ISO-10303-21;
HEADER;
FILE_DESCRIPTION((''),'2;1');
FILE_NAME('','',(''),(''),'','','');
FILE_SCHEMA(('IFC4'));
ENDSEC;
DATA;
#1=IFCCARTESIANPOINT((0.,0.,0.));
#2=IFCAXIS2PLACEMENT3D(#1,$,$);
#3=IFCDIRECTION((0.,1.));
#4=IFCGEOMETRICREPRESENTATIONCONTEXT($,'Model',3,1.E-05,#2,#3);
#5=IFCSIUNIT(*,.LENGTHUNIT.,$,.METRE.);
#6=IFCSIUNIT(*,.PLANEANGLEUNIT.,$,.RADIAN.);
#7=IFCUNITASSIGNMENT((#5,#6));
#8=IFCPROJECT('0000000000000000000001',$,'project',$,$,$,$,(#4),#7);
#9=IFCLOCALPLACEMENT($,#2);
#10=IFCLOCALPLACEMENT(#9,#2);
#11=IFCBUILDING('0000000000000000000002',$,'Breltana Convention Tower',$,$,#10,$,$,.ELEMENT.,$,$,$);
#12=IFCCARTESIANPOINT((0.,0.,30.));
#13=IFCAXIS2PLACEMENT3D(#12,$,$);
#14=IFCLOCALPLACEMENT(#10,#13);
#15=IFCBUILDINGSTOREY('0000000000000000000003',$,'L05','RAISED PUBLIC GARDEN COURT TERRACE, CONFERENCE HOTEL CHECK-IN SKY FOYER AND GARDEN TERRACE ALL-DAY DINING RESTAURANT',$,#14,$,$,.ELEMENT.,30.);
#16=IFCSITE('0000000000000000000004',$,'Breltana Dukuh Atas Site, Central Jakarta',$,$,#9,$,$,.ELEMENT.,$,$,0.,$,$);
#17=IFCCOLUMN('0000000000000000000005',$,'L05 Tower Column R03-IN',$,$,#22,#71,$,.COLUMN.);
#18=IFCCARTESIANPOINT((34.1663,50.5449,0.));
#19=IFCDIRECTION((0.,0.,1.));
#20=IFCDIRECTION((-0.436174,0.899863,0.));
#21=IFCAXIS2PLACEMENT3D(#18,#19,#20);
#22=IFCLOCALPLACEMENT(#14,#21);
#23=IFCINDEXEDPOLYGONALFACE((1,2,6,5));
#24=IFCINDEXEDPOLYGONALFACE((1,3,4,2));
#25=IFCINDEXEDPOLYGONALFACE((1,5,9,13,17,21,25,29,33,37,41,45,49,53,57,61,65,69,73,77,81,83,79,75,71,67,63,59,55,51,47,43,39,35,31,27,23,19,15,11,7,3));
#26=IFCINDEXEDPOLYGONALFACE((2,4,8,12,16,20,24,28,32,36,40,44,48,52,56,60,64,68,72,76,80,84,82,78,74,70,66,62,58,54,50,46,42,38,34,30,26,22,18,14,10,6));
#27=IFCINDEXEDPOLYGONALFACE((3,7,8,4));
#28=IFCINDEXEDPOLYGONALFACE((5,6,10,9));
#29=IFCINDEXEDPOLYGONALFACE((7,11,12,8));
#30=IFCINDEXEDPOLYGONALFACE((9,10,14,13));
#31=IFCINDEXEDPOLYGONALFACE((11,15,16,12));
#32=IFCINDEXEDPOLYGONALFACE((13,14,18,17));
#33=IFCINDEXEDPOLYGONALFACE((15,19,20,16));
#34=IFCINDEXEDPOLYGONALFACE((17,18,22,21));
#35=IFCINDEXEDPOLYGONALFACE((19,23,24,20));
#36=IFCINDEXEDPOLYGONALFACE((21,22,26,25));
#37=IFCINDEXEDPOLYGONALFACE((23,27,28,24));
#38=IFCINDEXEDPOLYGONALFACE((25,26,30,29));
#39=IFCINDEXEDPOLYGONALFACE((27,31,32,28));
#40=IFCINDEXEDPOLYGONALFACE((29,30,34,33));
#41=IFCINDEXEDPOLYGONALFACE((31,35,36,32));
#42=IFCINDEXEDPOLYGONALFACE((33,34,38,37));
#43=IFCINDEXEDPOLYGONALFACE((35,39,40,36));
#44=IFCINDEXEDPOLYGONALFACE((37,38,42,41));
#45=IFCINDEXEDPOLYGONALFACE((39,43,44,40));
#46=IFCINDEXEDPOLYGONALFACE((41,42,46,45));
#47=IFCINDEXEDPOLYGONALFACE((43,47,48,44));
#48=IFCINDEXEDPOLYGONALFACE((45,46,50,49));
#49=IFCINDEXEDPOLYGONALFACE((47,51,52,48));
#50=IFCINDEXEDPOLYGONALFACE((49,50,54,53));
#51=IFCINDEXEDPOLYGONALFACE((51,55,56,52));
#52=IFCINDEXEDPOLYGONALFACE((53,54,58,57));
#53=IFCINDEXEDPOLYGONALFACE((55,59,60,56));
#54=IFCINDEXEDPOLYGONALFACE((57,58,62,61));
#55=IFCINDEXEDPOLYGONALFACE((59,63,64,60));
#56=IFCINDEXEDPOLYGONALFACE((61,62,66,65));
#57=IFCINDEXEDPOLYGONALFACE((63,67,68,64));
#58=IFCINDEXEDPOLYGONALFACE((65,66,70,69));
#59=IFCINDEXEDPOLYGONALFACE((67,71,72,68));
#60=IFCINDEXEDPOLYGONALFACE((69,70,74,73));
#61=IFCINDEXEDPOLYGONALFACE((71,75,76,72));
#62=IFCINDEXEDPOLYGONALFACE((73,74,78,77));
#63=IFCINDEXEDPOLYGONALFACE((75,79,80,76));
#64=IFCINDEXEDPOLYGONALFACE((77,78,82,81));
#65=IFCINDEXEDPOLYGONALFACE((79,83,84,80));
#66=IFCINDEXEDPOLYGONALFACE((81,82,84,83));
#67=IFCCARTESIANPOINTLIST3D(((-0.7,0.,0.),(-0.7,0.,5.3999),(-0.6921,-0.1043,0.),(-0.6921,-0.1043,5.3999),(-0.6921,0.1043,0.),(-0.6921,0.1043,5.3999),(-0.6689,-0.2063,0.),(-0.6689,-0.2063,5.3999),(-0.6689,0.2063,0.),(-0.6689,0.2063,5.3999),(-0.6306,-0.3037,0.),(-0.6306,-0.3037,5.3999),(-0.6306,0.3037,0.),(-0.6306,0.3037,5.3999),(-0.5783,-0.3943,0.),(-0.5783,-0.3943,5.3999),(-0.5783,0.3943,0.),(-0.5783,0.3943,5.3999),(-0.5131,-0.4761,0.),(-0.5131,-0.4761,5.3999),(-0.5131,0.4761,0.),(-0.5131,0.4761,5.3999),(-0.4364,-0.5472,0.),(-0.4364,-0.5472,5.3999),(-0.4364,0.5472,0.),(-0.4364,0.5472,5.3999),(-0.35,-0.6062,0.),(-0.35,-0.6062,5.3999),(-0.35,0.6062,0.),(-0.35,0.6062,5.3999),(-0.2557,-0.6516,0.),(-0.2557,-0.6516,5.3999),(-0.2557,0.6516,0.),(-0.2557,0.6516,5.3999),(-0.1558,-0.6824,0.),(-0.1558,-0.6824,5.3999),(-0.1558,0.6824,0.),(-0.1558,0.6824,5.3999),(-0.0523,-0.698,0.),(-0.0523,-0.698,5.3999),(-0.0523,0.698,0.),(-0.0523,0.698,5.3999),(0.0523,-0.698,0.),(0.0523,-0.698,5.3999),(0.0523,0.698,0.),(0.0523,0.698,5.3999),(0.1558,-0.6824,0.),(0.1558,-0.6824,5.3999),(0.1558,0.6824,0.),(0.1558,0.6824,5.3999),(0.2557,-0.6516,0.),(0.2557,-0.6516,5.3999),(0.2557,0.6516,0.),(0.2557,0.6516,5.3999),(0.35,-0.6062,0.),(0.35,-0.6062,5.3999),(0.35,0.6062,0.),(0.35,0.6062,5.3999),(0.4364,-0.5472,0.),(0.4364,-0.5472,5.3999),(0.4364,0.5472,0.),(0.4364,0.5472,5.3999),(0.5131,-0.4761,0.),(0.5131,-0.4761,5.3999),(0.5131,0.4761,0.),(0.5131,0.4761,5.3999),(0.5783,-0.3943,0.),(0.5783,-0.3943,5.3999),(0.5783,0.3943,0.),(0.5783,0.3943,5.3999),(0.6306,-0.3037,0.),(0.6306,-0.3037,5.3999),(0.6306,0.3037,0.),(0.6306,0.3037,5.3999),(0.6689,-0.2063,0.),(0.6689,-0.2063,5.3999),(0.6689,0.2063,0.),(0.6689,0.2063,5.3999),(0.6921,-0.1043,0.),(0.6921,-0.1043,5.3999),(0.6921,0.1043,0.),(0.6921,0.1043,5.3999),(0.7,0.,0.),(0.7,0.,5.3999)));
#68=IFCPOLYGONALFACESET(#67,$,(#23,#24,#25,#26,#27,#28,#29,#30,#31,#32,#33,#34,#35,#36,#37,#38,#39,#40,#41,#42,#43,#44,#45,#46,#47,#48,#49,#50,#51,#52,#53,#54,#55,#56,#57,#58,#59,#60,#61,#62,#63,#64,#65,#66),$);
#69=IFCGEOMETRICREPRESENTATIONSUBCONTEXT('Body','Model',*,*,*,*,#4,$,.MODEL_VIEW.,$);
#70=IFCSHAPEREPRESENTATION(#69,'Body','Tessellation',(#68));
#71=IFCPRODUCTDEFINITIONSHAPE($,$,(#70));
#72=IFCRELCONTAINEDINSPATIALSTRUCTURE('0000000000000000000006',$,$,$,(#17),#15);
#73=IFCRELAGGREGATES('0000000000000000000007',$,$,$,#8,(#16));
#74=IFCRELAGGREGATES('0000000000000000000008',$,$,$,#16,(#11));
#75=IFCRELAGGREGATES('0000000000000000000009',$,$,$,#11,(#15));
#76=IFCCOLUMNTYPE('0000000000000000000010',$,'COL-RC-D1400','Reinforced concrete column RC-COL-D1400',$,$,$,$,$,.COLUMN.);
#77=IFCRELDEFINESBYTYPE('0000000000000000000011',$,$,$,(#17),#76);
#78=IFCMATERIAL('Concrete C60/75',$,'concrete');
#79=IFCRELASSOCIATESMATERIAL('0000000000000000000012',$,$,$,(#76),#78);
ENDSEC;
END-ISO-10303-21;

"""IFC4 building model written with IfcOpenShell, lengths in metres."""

from ifc_helpers import new_model, si_unit, direction, frame, origin, origin_2d, place, context, subcontext, project, spatial, circle, extrude, source, transform, mapped, material, material_profile, profile_set, type_object, type_shapes, element, save


model = new_model("IFC4")

# Units and contexts
model_context = context("Model", 3, precision=1e-05, world=origin(), true_north=direction((0.0, 1.0)))
body_context = subcontext(model_context, "Body", "Model", "MODEL_VIEW")
ifc_project = project(units=[si_unit("LENGTHUNIT", "METRE"), si_unit("PLANEANGLEUNIT", "RADIAN")], contexts=[model_context])

# Site, building, storey
site_placement = place(None, origin())
site = spatial("IfcSite", under=ifc_project, at=site_placement, Name="Breltana Dukuh Atas Site, Central Jakarta", CompositionType="ELEMENT", RefElevation=0.0)
building_placement = place(site_placement, origin())
building = spatial("IfcBuilding", under=site, at=building_placement, Name="Breltana Convention Tower", CompositionType="ELEMENT")
storey_placement = place(building_placement, frame((0.0, 0.0, 30.0)))
storey = spatial("IfcBuildingStorey", under=building, at=storey_placement, Name="L05", Description="RAISED PUBLIC GARDEN COURT TERRACE, CONFERENCE HOTEL CHECK-IN SKY FOYER AND GARDEN TERRACE ALL-DAY DINING RESTAURANT", CompositionType="ELEMENT", Elevation=30.0)

# Column
ifc_material_1 = material(Name="Concrete C60/75", Category="concrete")
ifc_material_profile_1 = material_profile(ifc_material_1, circle(Radius=0.7, at=origin_2d()), Name="RC-COL-D1400")
ifc_profile_set_1 = profile_set([ifc_material_profile_1], Name="Concrete C60/75")
column_type = type_object("IfcColumnType", Name="COL-RC-D1400", Description="Reinforced concrete column RC-COL-D1400", PredefinedType="COLUMN", material=ifc_profile_set_1)
shared_shape_1 = source(origin(), body_context, "Body", "SweptSolid", [
    extrude(circle(Radius=0.7, at=origin_2d()), origin(), (0.0, 0.0, 1.0), 5.3999),
])
type_shapes(column_type, [shared_shape_1])
for number, where, z_axis, x_axis, name in (
    (1, (34.1663, 50.5449, 0.0), (0.0, 0.0, 1.0), (-0.436174, 0.899863, 0.0), "L05 Tower Column R03-IN"),
):
    element("IfcColumn", number, at=place(storey_placement, frame(where, z_axis=z_axis, x_axis=x_axis)), inside=storey, type_object=column_type, Name=name, PredefinedType="COLUMN", context=body_context, shape_type="MappedRepresentation", body=[
        mapped(shared_shape_1, transform((0.0, 0.0, 0.0), scale=1.0)),
    ])

save(model, "model.ifc")
